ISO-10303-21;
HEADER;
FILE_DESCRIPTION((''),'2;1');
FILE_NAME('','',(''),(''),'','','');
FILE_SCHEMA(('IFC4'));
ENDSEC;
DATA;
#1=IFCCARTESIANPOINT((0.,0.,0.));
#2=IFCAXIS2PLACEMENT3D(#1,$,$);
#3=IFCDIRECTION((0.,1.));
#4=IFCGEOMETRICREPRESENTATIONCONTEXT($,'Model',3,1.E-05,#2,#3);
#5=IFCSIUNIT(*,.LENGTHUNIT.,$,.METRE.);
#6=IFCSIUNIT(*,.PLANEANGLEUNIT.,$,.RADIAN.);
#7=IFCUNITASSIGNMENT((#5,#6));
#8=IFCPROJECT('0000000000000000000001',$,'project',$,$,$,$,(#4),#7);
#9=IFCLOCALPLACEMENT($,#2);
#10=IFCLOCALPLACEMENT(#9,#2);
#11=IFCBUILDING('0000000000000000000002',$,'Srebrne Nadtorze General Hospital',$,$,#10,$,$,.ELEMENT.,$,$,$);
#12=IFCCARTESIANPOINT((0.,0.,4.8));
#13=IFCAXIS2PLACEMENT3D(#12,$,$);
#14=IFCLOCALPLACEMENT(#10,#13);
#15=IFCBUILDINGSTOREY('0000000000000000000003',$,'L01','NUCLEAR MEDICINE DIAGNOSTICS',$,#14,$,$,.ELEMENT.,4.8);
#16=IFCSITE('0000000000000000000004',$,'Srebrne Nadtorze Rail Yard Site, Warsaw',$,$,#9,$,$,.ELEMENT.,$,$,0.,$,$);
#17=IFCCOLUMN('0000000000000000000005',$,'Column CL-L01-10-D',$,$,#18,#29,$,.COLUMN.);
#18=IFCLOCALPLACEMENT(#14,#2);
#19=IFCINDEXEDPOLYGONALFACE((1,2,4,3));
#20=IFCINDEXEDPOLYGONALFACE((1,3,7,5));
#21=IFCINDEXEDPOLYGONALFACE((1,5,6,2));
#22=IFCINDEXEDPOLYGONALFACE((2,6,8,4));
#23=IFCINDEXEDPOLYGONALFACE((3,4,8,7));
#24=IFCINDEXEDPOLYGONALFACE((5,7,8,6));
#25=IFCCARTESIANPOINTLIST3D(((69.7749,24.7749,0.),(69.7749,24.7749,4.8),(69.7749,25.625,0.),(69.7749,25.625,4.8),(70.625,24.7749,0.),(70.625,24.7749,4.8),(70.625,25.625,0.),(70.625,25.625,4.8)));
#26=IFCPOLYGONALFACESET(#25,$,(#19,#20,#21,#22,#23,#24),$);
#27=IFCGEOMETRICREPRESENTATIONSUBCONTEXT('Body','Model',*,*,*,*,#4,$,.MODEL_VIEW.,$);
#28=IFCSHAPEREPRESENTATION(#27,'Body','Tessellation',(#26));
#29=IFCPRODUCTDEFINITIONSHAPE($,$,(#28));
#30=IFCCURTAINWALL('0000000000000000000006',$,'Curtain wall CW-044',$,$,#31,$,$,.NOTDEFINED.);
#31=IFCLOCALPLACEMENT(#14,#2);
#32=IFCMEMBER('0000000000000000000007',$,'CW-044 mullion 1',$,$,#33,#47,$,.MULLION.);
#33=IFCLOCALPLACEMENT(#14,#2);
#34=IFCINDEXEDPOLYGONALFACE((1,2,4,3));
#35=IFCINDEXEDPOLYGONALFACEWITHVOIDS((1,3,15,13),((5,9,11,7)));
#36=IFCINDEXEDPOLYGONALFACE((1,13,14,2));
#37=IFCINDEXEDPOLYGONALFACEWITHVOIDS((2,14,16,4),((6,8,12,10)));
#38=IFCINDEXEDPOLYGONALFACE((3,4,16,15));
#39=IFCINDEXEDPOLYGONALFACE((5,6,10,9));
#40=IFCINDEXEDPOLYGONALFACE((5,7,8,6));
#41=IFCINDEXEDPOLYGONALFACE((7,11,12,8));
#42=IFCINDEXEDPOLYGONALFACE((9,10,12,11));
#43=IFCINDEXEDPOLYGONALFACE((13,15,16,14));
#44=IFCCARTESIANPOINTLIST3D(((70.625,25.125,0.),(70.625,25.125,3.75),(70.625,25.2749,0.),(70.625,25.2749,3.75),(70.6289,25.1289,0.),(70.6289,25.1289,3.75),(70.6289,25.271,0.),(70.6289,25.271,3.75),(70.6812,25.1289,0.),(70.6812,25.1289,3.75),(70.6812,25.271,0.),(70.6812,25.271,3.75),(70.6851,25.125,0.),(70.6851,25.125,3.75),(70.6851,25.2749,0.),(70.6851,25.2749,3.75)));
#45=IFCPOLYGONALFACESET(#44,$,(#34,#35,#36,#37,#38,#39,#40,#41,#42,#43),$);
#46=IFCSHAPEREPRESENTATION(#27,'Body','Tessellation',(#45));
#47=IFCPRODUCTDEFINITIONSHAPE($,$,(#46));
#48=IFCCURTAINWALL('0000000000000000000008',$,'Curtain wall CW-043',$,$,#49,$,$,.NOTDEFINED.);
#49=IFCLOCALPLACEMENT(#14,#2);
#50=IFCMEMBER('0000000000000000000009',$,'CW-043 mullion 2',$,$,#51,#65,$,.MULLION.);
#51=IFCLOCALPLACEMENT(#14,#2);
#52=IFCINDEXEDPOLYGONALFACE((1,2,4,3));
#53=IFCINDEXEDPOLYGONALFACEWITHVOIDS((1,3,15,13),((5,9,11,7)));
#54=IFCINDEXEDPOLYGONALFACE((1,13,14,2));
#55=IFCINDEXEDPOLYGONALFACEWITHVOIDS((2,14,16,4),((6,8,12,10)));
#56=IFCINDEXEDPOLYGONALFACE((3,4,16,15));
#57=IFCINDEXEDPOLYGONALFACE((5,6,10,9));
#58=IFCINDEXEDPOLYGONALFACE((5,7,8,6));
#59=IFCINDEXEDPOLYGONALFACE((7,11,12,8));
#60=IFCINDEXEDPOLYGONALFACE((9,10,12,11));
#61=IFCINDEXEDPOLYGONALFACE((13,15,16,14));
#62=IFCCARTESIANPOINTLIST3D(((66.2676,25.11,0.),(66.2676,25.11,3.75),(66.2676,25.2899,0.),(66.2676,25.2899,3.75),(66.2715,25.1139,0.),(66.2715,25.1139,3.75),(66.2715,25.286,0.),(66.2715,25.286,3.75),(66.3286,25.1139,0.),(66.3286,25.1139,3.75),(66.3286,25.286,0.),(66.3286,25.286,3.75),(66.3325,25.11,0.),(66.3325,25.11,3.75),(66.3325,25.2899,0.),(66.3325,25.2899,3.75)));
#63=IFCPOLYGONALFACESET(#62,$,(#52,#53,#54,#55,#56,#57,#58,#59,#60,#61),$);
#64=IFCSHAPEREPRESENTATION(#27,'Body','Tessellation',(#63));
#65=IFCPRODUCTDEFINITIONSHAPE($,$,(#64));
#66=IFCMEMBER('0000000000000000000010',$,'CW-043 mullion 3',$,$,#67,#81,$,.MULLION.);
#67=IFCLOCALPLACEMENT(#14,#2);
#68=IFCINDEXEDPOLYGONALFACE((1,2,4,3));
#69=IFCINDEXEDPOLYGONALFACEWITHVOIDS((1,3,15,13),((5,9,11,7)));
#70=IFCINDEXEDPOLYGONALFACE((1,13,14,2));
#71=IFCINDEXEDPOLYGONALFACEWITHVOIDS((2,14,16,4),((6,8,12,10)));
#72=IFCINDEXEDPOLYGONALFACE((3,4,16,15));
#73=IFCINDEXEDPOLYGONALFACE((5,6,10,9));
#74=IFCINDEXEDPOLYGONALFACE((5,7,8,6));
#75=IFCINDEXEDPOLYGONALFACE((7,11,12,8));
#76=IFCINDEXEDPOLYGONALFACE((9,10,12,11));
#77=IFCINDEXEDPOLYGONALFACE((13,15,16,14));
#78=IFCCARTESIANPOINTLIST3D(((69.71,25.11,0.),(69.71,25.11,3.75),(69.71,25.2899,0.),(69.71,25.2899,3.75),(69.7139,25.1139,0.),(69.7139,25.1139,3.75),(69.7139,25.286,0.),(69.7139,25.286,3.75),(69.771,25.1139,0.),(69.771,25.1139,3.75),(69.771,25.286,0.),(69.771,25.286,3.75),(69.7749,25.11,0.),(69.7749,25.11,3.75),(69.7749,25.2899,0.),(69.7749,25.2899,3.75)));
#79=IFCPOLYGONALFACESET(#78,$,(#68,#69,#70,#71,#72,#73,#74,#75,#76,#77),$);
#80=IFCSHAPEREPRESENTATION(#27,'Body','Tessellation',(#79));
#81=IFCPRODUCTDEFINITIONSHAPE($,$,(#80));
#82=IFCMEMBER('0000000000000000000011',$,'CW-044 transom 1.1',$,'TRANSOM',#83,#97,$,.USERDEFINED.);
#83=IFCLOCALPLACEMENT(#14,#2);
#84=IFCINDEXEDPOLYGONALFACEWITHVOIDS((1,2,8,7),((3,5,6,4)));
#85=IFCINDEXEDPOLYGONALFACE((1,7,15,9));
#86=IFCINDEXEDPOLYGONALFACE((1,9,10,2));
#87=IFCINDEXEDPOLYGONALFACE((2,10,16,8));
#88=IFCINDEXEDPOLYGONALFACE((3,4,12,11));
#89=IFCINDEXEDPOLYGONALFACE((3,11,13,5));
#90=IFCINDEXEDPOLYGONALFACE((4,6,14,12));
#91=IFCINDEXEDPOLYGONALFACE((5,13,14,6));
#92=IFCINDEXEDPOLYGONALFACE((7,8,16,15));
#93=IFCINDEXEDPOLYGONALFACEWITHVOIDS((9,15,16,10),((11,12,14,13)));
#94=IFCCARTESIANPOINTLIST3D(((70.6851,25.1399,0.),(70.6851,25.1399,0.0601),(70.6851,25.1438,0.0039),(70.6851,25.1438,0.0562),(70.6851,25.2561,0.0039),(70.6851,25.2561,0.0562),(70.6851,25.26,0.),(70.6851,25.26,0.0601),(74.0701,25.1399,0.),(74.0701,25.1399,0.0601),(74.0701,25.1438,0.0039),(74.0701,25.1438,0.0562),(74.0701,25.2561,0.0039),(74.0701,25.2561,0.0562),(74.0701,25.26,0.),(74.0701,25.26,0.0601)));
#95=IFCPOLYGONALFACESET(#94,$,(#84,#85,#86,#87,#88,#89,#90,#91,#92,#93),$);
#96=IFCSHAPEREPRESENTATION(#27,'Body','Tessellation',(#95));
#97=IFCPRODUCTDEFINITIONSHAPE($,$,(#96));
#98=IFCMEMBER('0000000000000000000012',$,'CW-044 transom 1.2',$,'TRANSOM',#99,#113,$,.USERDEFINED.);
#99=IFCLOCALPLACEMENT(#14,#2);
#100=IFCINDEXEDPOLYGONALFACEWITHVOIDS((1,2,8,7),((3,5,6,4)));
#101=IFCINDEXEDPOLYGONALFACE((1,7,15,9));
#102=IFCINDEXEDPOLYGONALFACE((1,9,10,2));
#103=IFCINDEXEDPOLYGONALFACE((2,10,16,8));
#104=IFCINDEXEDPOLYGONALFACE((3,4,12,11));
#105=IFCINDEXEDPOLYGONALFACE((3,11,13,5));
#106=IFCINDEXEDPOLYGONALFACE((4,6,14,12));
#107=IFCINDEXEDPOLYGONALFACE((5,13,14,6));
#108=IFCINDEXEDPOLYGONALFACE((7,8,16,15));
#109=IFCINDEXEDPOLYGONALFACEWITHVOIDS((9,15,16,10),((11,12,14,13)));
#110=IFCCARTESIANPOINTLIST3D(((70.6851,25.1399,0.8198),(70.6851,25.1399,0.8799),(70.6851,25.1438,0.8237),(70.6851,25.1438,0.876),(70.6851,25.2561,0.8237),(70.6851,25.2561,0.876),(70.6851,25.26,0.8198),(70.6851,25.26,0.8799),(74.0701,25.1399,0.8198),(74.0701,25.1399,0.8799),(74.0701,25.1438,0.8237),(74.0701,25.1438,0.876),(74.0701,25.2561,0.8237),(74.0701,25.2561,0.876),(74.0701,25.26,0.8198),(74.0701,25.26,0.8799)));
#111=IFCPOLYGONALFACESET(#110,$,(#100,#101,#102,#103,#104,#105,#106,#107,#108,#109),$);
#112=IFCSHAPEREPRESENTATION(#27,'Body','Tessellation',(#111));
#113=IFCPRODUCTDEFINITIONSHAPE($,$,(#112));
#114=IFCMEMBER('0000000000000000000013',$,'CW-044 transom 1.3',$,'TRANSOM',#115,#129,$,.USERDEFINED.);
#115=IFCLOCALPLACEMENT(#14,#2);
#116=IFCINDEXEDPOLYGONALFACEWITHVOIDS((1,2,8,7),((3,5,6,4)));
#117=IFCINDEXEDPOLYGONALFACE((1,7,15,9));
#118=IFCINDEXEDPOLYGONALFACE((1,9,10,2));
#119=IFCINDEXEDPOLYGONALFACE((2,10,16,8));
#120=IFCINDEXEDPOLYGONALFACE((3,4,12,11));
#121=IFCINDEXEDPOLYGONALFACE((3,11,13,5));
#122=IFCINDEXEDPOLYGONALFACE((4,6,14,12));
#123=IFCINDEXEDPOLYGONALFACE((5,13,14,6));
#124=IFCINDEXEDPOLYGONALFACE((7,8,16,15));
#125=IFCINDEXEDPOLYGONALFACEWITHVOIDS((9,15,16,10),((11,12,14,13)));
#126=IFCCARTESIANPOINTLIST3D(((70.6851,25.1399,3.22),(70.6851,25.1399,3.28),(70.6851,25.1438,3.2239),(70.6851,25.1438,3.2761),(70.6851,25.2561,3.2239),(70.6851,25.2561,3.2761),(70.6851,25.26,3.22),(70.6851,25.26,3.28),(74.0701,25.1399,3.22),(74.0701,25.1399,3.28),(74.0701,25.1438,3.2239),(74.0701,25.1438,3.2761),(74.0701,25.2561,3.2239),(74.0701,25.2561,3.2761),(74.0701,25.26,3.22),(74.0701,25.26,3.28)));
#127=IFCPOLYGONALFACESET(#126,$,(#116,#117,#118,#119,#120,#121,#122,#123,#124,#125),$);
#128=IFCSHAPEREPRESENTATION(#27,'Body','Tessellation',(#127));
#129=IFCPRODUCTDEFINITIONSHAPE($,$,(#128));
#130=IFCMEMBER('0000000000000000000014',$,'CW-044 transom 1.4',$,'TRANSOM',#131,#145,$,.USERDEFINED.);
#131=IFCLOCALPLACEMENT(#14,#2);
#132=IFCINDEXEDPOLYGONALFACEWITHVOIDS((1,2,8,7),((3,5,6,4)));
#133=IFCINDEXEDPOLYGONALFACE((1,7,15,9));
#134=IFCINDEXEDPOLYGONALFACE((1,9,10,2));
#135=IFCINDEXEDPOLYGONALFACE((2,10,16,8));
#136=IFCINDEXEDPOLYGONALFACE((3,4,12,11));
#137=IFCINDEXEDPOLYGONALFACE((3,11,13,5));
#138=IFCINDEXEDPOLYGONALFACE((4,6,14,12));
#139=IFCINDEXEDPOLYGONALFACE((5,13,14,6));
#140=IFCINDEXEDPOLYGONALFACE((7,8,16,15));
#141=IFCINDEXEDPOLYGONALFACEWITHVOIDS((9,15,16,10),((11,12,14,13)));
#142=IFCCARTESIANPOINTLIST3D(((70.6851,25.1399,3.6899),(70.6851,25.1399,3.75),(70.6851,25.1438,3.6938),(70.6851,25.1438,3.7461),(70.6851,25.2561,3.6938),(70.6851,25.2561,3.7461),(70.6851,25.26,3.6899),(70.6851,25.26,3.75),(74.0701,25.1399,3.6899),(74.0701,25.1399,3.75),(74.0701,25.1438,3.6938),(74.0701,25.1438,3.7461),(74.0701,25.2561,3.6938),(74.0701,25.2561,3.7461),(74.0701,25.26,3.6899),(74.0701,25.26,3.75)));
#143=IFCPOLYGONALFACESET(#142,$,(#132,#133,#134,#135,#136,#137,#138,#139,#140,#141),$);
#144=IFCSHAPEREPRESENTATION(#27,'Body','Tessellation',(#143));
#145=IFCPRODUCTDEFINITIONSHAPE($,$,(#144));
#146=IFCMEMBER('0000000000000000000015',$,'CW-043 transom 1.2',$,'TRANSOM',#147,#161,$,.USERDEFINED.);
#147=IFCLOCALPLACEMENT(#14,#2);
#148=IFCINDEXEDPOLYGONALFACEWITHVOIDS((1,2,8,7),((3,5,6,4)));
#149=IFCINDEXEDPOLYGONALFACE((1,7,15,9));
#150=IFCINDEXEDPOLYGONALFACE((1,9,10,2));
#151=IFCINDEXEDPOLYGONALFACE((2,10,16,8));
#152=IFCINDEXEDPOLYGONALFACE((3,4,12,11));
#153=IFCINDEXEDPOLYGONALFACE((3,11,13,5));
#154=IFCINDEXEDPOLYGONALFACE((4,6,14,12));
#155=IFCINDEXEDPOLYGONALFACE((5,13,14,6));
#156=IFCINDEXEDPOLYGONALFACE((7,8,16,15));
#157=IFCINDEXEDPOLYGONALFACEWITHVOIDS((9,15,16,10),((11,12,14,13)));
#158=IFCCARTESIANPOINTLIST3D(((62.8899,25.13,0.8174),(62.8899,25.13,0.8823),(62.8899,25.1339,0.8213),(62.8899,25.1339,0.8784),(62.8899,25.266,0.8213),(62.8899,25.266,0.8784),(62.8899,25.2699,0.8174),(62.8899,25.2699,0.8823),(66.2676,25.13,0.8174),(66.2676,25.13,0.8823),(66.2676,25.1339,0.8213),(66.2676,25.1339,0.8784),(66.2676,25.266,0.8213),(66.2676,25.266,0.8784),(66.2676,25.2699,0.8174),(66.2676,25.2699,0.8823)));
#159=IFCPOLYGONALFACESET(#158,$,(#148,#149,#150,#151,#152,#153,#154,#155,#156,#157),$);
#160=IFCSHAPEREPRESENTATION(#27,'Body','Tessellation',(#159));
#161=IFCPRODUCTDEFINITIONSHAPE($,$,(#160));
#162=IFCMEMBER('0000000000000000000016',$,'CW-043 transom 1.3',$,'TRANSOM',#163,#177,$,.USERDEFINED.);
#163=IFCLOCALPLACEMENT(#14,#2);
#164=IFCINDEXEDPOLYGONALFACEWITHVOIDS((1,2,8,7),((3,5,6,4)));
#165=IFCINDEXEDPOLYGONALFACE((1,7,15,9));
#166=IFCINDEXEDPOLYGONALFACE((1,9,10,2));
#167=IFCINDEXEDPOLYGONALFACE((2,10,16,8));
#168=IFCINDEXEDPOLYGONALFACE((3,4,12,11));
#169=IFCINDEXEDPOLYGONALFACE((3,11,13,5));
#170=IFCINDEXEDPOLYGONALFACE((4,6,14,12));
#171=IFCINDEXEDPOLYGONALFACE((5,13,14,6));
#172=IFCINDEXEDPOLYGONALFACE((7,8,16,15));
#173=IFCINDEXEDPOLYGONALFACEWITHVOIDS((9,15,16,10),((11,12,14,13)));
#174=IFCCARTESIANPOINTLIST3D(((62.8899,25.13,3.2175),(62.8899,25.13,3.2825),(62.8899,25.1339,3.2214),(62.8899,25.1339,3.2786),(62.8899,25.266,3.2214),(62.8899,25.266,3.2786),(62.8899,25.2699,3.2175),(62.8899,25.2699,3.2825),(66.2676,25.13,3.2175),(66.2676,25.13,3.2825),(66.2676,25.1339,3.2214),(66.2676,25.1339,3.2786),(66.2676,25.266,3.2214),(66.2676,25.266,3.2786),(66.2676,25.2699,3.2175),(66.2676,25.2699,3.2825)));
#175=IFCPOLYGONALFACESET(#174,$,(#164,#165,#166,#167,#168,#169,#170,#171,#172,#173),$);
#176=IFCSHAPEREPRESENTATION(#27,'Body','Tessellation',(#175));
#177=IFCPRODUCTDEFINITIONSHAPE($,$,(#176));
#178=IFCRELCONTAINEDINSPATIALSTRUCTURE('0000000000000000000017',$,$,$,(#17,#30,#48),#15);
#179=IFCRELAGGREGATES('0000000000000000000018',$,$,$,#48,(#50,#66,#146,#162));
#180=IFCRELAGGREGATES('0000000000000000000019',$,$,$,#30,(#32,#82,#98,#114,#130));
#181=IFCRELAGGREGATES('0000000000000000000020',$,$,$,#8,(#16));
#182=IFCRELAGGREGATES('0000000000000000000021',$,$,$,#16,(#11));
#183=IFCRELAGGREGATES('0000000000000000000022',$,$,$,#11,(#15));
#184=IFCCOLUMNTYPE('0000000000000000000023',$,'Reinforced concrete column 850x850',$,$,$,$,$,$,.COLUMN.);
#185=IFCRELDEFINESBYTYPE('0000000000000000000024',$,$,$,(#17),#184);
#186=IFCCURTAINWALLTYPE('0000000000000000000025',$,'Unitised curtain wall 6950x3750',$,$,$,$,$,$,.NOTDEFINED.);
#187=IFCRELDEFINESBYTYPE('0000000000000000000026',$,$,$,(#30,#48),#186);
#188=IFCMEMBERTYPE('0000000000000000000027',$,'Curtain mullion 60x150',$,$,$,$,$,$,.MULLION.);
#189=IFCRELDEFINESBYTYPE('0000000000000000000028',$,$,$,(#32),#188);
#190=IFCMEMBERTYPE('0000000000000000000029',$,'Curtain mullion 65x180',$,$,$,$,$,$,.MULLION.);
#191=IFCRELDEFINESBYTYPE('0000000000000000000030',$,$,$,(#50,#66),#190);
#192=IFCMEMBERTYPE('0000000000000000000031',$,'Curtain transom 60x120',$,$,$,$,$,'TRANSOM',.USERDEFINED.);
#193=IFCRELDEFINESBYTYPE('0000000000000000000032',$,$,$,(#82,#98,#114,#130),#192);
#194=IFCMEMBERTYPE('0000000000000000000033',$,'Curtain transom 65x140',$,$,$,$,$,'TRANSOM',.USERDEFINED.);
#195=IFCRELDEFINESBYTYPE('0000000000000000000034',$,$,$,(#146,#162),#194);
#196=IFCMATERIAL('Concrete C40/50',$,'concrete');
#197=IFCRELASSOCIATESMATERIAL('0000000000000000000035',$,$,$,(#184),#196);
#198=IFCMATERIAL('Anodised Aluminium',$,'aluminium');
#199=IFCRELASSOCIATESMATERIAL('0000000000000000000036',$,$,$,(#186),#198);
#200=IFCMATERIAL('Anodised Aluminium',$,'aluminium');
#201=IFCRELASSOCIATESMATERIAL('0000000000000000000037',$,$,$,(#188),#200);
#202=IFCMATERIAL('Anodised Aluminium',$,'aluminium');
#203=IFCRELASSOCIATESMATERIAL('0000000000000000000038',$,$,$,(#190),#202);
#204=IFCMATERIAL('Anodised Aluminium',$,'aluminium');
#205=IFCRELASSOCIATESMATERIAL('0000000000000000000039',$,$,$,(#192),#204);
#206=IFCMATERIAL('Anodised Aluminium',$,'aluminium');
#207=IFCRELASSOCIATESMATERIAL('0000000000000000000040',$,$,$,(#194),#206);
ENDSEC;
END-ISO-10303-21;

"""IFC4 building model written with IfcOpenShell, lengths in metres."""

from ifc_helpers import new_model, si_unit, direction, frame, origin, origin_2d, place, context, subcontext, project, spatial, rectangle, hollow_rectangle, extrude, material, material_profile, profile_set, type_object, element, aggregate, save


model = new_model("IFC4")

# Units and contexts
model_context = context("Model", 3, precision=1e-05, world=origin(), true_north=direction((0.0, 1.0)))
body_context = subcontext(model_context, "Body", "Model", "MODEL_VIEW")
ifc_project = project(units=[si_unit("LENGTHUNIT", "METRE"), si_unit("PLANEANGLEUNIT", "RADIAN")], contexts=[model_context])

# Site, building, storey
site_placement = place(None, origin())
site = spatial("IfcSite", under=ifc_project, at=site_placement, Name="Srebrne Nadtorze Rail Yard Site, Warsaw", CompositionType="ELEMENT", RefElevation=0.0)
building_placement = place(site_placement, origin())
building = spatial("IfcBuilding", under=site, at=building_placement, Name="Srebrne Nadtorze General Hospital", CompositionType="ELEMENT")
storey_placement = place(building_placement, frame((0.0, 0.0, 4.8)))
storey = spatial("IfcBuildingStorey", under=building, at=storey_placement, Name="L01", Description="NUCLEAR MEDICINE DIAGNOSTICS", CompositionType="ELEMENT", Elevation=4.8)

# Column
ifc_material_1 = material(Name="Concrete C40/50", Category="concrete")
ifc_material_profile_1 = material_profile(ifc_material_1, rectangle(XDim=0.8501, YDim=0.8501, at=origin_2d()), Name="RC-COL-850x850")
ifc_profile_set_1 = profile_set([ifc_material_profile_1], Name="Concrete C40/50")
column_type = type_object("IfcColumnType", Name="Reinforced concrete column 850x850", PredefinedType="COLUMN", material=ifc_profile_set_1)
column_placement = place(storey_placement, frame((70.2, 25.2, 0.0), z_axis=(0.0, 0.0, 1.0), x_axis=(1.0, 0.0, 0.0)))
element("IfcColumn", 1, at=column_placement, inside=storey, type_object=column_type, Name="Column CL-L01-10-D", PredefinedType="COLUMN", context=body_context, shape_type="SweptSolid", body=[
    extrude(rectangle(XDim=0.8501, YDim=0.8501, at=origin_2d()), origin(), (0.0, 0.0, 1.0), 4.8),
])

# Curtain wall, member
ifc_material_2 = material(Name="Anodised Aluminium", Category="aluminium")
curtain_wall_type = type_object("IfcCurtainWallType", Name="Unitised curtain wall 6950x3750", PredefinedType="NOTDEFINED", material=ifc_material_2)
curtain_wall_1_placement = place(storey_placement, origin())
curtain_wall_1 = element("IfcCurtainWall", 2, at=curtain_wall_1_placement, inside=storey, type_object=curtain_wall_type, Name="Curtain wall CW-044", PredefinedType="NOTDEFINED")
ifc_material_3 = material(Name="Anodised Aluminium", Category="aluminium")
ifc_material_profile_2 = material_profile(ifc_material_3, hollow_rectangle(XDim=0.0601, YDim=0.1499, WallThickness=0.0039, at=origin_2d()), Name="AL-MUL-60x150")
ifc_profile_set_2 = profile_set([ifc_material_profile_2], Name="Anodised Aluminium")
member_type_1 = type_object("IfcMemberType", Name="Curtain mullion 60x150", PredefinedType="MULLION", material=ifc_profile_set_2)
member_1_placement = place(storey_placement, frame((70.655, 25.2, 0.0), z_axis=(0.0, 0.0, 1.0), x_axis=(1.0, 0.0, 0.0)))
member_1 = element("IfcMember", 3, at=member_1_placement, type_object=member_type_1, Name="CW-044 mullion 1", PredefinedType="MULLION", context=body_context, shape_type="SweptSolid", body=[
    extrude(hollow_rectangle(XDim=0.0601, YDim=0.1499, WallThickness=0.0039, at=origin_2d()), origin(), (0.0, 0.0, 1.0), 3.75),
])

# Curtain wall, members
curtain_wall_2_placement = place(storey_placement, origin())
curtain_wall_2 = element("IfcCurtainWall", 4, at=curtain_wall_2_placement, inside=storey, type_object=curtain_wall_type, Name="Curtain wall CW-043", PredefinedType="NOTDEFINED")
ifc_material_4 = material(Name="Anodised Aluminium", Category="aluminium")
ifc_material_profile_3 = material_profile(ifc_material_4, hollow_rectangle(XDim=0.0649, YDim=0.1799, WallThickness=0.0039, at=origin_2d()), Name="AL-MUL-65x180")
ifc_profile_set_3 = profile_set([ifc_material_profile_3], Name="Anodised Aluminium")
member_type_2 = type_object("IfcMemberType", Name="Curtain mullion 65x180", PredefinedType="MULLION", material=ifc_profile_set_3)
member_2_placement = place(storey_placement, frame((66.3, 25.2, 0.0), z_axis=(0.0, 0.0, 1.0), x_axis=(1.0, 0.0, 0.0)))
member_2 = element("IfcMember", 5, at=member_2_placement, type_object=member_type_2, Name="CW-043 mullion 2", PredefinedType="MULLION", context=body_context, shape_type="SweptSolid", body=[
    extrude(hollow_rectangle(XDim=0.0649, YDim=0.1799, WallThickness=0.0039, at=origin_2d()), origin(), (0.0, 0.0, 1.0), 3.75),
])
member_3_placement = place(storey_placement, frame((69.7424, 25.2, 0.0), z_axis=(0.0, 0.0, 1.0), x_axis=(1.0, 0.0, 0.0)))
member_3 = element("IfcMember", 6, at=member_3_placement, type_object=member_type_2, Name="CW-043 mullion 3", PredefinedType="MULLION", context=body_context, shape_type="SweptSolid", body=[
    extrude(hollow_rectangle(XDim=0.0649, YDim=0.1799, WallThickness=0.0039, at=origin_2d()), origin(), (0.0, 0.0, 1.0), 3.75),
])

# Members
ifc_material_5 = material(Name="Anodised Aluminium", Category="aluminium")
ifc_material_profile_4 = material_profile(ifc_material_5, hollow_rectangle(XDim=0.0601, YDim=0.1201, WallThickness=0.0039, at=origin_2d()), Name="AL-TRN-60x120")
ifc_profile_set_4 = profile_set([ifc_material_profile_4], Name="Anodised Aluminium")
member_type_3 = type_object("IfcMemberType", Name="Curtain transom 60x120", ElementType="TRANSOM", PredefinedType="USERDEFINED", material=ifc_profile_set_4)
member_4_placement = place(storey_placement, frame((70.6851, 25.2, 0.03), z_axis=(1.0, 0.0, 0.0), x_axis=(0.0, 0.0, 1.0)))
member_4 = element("IfcMember", 7, at=member_4_placement, type_object=member_type_3, Name="CW-044 transom 1.1", ObjectType="TRANSOM", PredefinedType="USERDEFINED", context=body_context, shape_type="SweptSolid", body=[
    extrude(hollow_rectangle(XDim=0.0601, YDim=0.1201, WallThickness=0.0039, at=origin_2d()), origin(), (0.0, 0.0, 1.0), 3.385),
])
member_5_placement = place(storey_placement, frame((70.6851, 25.2, 0.8499), z_axis=(1.0, 0.0, 0.0), x_axis=(0.0, 0.0, 1.0)))
member_5 = element("IfcMember", 8, at=member_5_placement, type_object=member_type_3, Name="CW-044 transom 1.2", ObjectType="TRANSOM", PredefinedType="USERDEFINED", context=body_context, shape_type="SweptSolid", body=[
    extrude(hollow_rectangle(XDim=0.0601, YDim=0.1201, WallThickness=0.0039, at=origin_2d()), origin(), (0.0, 0.0, 1.0), 3.385),
])
member_6_placement = place(storey_placement, frame((70.6851, 25.2, 3.25), z_axis=(1.0, 0.0, 0.0), x_axis=(0.0, 0.0, 1.0)))
member_6 = element("IfcMember", 9, at=member_6_placement, type_object=member_type_3, Name="CW-044 transom 1.3", ObjectType="TRANSOM", PredefinedType="USERDEFINED", context=body_context, shape_type="SweptSolid", body=[
    extrude(hollow_rectangle(XDim=0.0601, YDim=0.1201, WallThickness=0.0039, at=origin_2d()), origin(), (0.0, 0.0, 1.0), 3.385),
])
member_7_placement = place(storey_placement, frame((70.6851, 25.2, 3.72), z_axis=(1.0, 0.0, 0.0), x_axis=(0.0, 0.0, 1.0)))
member_7 = element("IfcMember", 10, at=member_7_placement, type_object=member_type_3, Name="CW-044 transom 1.4", ObjectType="TRANSOM", PredefinedType="USERDEFINED", context=body_context, shape_type="SweptSolid", body=[
    extrude(hollow_rectangle(XDim=0.0601, YDim=0.1201, WallThickness=0.0039, at=origin_2d()), origin(), (0.0, 0.0, 1.0), 3.385),
])
ifc_material_6 = material(Name="Anodised Aluminium", Category="aluminium")
ifc_material_profile_5 = material_profile(ifc_material_6, hollow_rectangle(XDim=0.0649, YDim=0.1399, WallThickness=0.0039, at=origin_2d()), Name="AL-TRN-65x140")
ifc_profile_set_5 = profile_set([ifc_material_profile_5], Name="Anodised Aluminium")
member_type_4 = type_object("IfcMemberType", Name="Curtain transom 65x140", ElementType="TRANSOM", PredefinedType="USERDEFINED", material=ifc_profile_set_5)
member_8_placement = place(storey_placement, frame((62.8899, 25.2, 0.8499), z_axis=(1.0, 0.0, 0.0), x_axis=(0.0, 0.0, 1.0)))
member_8 = element("IfcMember", 11, at=member_8_placement, type_object=member_type_4, Name="CW-043 transom 1.2", ObjectType="TRANSOM", PredefinedType="USERDEFINED", context=body_context, shape_type="SweptSolid", body=[
    extrude(hollow_rectangle(XDim=0.0649, YDim=0.1399, WallThickness=0.0039, at=origin_2d()), origin(), (0.0, 0.0, 1.0), 3.3777),
])
member_9_placement = place(storey_placement, frame((62.8899, 25.2, 3.25), z_axis=(1.0, 0.0, 0.0), x_axis=(0.0, 0.0, 1.0)))
member_9 = element("IfcMember", 12, at=member_9_placement, type_object=member_type_4, Name="CW-043 transom 1.3", ObjectType="TRANSOM", PredefinedType="USERDEFINED", context=body_context, shape_type="SweptSolid", body=[
    extrude(hollow_rectangle(XDim=0.0649, YDim=0.1399, WallThickness=0.0039, at=origin_2d()), origin(), (0.0, 0.0, 1.0), 3.3777),
])

aggregate(curtain_wall_2, [member_2, member_3, member_8, member_9])
aggregate(curtain_wall_1, [member_1, member_4, member_5, member_6, member_7])

save(model, "model.ifc")
